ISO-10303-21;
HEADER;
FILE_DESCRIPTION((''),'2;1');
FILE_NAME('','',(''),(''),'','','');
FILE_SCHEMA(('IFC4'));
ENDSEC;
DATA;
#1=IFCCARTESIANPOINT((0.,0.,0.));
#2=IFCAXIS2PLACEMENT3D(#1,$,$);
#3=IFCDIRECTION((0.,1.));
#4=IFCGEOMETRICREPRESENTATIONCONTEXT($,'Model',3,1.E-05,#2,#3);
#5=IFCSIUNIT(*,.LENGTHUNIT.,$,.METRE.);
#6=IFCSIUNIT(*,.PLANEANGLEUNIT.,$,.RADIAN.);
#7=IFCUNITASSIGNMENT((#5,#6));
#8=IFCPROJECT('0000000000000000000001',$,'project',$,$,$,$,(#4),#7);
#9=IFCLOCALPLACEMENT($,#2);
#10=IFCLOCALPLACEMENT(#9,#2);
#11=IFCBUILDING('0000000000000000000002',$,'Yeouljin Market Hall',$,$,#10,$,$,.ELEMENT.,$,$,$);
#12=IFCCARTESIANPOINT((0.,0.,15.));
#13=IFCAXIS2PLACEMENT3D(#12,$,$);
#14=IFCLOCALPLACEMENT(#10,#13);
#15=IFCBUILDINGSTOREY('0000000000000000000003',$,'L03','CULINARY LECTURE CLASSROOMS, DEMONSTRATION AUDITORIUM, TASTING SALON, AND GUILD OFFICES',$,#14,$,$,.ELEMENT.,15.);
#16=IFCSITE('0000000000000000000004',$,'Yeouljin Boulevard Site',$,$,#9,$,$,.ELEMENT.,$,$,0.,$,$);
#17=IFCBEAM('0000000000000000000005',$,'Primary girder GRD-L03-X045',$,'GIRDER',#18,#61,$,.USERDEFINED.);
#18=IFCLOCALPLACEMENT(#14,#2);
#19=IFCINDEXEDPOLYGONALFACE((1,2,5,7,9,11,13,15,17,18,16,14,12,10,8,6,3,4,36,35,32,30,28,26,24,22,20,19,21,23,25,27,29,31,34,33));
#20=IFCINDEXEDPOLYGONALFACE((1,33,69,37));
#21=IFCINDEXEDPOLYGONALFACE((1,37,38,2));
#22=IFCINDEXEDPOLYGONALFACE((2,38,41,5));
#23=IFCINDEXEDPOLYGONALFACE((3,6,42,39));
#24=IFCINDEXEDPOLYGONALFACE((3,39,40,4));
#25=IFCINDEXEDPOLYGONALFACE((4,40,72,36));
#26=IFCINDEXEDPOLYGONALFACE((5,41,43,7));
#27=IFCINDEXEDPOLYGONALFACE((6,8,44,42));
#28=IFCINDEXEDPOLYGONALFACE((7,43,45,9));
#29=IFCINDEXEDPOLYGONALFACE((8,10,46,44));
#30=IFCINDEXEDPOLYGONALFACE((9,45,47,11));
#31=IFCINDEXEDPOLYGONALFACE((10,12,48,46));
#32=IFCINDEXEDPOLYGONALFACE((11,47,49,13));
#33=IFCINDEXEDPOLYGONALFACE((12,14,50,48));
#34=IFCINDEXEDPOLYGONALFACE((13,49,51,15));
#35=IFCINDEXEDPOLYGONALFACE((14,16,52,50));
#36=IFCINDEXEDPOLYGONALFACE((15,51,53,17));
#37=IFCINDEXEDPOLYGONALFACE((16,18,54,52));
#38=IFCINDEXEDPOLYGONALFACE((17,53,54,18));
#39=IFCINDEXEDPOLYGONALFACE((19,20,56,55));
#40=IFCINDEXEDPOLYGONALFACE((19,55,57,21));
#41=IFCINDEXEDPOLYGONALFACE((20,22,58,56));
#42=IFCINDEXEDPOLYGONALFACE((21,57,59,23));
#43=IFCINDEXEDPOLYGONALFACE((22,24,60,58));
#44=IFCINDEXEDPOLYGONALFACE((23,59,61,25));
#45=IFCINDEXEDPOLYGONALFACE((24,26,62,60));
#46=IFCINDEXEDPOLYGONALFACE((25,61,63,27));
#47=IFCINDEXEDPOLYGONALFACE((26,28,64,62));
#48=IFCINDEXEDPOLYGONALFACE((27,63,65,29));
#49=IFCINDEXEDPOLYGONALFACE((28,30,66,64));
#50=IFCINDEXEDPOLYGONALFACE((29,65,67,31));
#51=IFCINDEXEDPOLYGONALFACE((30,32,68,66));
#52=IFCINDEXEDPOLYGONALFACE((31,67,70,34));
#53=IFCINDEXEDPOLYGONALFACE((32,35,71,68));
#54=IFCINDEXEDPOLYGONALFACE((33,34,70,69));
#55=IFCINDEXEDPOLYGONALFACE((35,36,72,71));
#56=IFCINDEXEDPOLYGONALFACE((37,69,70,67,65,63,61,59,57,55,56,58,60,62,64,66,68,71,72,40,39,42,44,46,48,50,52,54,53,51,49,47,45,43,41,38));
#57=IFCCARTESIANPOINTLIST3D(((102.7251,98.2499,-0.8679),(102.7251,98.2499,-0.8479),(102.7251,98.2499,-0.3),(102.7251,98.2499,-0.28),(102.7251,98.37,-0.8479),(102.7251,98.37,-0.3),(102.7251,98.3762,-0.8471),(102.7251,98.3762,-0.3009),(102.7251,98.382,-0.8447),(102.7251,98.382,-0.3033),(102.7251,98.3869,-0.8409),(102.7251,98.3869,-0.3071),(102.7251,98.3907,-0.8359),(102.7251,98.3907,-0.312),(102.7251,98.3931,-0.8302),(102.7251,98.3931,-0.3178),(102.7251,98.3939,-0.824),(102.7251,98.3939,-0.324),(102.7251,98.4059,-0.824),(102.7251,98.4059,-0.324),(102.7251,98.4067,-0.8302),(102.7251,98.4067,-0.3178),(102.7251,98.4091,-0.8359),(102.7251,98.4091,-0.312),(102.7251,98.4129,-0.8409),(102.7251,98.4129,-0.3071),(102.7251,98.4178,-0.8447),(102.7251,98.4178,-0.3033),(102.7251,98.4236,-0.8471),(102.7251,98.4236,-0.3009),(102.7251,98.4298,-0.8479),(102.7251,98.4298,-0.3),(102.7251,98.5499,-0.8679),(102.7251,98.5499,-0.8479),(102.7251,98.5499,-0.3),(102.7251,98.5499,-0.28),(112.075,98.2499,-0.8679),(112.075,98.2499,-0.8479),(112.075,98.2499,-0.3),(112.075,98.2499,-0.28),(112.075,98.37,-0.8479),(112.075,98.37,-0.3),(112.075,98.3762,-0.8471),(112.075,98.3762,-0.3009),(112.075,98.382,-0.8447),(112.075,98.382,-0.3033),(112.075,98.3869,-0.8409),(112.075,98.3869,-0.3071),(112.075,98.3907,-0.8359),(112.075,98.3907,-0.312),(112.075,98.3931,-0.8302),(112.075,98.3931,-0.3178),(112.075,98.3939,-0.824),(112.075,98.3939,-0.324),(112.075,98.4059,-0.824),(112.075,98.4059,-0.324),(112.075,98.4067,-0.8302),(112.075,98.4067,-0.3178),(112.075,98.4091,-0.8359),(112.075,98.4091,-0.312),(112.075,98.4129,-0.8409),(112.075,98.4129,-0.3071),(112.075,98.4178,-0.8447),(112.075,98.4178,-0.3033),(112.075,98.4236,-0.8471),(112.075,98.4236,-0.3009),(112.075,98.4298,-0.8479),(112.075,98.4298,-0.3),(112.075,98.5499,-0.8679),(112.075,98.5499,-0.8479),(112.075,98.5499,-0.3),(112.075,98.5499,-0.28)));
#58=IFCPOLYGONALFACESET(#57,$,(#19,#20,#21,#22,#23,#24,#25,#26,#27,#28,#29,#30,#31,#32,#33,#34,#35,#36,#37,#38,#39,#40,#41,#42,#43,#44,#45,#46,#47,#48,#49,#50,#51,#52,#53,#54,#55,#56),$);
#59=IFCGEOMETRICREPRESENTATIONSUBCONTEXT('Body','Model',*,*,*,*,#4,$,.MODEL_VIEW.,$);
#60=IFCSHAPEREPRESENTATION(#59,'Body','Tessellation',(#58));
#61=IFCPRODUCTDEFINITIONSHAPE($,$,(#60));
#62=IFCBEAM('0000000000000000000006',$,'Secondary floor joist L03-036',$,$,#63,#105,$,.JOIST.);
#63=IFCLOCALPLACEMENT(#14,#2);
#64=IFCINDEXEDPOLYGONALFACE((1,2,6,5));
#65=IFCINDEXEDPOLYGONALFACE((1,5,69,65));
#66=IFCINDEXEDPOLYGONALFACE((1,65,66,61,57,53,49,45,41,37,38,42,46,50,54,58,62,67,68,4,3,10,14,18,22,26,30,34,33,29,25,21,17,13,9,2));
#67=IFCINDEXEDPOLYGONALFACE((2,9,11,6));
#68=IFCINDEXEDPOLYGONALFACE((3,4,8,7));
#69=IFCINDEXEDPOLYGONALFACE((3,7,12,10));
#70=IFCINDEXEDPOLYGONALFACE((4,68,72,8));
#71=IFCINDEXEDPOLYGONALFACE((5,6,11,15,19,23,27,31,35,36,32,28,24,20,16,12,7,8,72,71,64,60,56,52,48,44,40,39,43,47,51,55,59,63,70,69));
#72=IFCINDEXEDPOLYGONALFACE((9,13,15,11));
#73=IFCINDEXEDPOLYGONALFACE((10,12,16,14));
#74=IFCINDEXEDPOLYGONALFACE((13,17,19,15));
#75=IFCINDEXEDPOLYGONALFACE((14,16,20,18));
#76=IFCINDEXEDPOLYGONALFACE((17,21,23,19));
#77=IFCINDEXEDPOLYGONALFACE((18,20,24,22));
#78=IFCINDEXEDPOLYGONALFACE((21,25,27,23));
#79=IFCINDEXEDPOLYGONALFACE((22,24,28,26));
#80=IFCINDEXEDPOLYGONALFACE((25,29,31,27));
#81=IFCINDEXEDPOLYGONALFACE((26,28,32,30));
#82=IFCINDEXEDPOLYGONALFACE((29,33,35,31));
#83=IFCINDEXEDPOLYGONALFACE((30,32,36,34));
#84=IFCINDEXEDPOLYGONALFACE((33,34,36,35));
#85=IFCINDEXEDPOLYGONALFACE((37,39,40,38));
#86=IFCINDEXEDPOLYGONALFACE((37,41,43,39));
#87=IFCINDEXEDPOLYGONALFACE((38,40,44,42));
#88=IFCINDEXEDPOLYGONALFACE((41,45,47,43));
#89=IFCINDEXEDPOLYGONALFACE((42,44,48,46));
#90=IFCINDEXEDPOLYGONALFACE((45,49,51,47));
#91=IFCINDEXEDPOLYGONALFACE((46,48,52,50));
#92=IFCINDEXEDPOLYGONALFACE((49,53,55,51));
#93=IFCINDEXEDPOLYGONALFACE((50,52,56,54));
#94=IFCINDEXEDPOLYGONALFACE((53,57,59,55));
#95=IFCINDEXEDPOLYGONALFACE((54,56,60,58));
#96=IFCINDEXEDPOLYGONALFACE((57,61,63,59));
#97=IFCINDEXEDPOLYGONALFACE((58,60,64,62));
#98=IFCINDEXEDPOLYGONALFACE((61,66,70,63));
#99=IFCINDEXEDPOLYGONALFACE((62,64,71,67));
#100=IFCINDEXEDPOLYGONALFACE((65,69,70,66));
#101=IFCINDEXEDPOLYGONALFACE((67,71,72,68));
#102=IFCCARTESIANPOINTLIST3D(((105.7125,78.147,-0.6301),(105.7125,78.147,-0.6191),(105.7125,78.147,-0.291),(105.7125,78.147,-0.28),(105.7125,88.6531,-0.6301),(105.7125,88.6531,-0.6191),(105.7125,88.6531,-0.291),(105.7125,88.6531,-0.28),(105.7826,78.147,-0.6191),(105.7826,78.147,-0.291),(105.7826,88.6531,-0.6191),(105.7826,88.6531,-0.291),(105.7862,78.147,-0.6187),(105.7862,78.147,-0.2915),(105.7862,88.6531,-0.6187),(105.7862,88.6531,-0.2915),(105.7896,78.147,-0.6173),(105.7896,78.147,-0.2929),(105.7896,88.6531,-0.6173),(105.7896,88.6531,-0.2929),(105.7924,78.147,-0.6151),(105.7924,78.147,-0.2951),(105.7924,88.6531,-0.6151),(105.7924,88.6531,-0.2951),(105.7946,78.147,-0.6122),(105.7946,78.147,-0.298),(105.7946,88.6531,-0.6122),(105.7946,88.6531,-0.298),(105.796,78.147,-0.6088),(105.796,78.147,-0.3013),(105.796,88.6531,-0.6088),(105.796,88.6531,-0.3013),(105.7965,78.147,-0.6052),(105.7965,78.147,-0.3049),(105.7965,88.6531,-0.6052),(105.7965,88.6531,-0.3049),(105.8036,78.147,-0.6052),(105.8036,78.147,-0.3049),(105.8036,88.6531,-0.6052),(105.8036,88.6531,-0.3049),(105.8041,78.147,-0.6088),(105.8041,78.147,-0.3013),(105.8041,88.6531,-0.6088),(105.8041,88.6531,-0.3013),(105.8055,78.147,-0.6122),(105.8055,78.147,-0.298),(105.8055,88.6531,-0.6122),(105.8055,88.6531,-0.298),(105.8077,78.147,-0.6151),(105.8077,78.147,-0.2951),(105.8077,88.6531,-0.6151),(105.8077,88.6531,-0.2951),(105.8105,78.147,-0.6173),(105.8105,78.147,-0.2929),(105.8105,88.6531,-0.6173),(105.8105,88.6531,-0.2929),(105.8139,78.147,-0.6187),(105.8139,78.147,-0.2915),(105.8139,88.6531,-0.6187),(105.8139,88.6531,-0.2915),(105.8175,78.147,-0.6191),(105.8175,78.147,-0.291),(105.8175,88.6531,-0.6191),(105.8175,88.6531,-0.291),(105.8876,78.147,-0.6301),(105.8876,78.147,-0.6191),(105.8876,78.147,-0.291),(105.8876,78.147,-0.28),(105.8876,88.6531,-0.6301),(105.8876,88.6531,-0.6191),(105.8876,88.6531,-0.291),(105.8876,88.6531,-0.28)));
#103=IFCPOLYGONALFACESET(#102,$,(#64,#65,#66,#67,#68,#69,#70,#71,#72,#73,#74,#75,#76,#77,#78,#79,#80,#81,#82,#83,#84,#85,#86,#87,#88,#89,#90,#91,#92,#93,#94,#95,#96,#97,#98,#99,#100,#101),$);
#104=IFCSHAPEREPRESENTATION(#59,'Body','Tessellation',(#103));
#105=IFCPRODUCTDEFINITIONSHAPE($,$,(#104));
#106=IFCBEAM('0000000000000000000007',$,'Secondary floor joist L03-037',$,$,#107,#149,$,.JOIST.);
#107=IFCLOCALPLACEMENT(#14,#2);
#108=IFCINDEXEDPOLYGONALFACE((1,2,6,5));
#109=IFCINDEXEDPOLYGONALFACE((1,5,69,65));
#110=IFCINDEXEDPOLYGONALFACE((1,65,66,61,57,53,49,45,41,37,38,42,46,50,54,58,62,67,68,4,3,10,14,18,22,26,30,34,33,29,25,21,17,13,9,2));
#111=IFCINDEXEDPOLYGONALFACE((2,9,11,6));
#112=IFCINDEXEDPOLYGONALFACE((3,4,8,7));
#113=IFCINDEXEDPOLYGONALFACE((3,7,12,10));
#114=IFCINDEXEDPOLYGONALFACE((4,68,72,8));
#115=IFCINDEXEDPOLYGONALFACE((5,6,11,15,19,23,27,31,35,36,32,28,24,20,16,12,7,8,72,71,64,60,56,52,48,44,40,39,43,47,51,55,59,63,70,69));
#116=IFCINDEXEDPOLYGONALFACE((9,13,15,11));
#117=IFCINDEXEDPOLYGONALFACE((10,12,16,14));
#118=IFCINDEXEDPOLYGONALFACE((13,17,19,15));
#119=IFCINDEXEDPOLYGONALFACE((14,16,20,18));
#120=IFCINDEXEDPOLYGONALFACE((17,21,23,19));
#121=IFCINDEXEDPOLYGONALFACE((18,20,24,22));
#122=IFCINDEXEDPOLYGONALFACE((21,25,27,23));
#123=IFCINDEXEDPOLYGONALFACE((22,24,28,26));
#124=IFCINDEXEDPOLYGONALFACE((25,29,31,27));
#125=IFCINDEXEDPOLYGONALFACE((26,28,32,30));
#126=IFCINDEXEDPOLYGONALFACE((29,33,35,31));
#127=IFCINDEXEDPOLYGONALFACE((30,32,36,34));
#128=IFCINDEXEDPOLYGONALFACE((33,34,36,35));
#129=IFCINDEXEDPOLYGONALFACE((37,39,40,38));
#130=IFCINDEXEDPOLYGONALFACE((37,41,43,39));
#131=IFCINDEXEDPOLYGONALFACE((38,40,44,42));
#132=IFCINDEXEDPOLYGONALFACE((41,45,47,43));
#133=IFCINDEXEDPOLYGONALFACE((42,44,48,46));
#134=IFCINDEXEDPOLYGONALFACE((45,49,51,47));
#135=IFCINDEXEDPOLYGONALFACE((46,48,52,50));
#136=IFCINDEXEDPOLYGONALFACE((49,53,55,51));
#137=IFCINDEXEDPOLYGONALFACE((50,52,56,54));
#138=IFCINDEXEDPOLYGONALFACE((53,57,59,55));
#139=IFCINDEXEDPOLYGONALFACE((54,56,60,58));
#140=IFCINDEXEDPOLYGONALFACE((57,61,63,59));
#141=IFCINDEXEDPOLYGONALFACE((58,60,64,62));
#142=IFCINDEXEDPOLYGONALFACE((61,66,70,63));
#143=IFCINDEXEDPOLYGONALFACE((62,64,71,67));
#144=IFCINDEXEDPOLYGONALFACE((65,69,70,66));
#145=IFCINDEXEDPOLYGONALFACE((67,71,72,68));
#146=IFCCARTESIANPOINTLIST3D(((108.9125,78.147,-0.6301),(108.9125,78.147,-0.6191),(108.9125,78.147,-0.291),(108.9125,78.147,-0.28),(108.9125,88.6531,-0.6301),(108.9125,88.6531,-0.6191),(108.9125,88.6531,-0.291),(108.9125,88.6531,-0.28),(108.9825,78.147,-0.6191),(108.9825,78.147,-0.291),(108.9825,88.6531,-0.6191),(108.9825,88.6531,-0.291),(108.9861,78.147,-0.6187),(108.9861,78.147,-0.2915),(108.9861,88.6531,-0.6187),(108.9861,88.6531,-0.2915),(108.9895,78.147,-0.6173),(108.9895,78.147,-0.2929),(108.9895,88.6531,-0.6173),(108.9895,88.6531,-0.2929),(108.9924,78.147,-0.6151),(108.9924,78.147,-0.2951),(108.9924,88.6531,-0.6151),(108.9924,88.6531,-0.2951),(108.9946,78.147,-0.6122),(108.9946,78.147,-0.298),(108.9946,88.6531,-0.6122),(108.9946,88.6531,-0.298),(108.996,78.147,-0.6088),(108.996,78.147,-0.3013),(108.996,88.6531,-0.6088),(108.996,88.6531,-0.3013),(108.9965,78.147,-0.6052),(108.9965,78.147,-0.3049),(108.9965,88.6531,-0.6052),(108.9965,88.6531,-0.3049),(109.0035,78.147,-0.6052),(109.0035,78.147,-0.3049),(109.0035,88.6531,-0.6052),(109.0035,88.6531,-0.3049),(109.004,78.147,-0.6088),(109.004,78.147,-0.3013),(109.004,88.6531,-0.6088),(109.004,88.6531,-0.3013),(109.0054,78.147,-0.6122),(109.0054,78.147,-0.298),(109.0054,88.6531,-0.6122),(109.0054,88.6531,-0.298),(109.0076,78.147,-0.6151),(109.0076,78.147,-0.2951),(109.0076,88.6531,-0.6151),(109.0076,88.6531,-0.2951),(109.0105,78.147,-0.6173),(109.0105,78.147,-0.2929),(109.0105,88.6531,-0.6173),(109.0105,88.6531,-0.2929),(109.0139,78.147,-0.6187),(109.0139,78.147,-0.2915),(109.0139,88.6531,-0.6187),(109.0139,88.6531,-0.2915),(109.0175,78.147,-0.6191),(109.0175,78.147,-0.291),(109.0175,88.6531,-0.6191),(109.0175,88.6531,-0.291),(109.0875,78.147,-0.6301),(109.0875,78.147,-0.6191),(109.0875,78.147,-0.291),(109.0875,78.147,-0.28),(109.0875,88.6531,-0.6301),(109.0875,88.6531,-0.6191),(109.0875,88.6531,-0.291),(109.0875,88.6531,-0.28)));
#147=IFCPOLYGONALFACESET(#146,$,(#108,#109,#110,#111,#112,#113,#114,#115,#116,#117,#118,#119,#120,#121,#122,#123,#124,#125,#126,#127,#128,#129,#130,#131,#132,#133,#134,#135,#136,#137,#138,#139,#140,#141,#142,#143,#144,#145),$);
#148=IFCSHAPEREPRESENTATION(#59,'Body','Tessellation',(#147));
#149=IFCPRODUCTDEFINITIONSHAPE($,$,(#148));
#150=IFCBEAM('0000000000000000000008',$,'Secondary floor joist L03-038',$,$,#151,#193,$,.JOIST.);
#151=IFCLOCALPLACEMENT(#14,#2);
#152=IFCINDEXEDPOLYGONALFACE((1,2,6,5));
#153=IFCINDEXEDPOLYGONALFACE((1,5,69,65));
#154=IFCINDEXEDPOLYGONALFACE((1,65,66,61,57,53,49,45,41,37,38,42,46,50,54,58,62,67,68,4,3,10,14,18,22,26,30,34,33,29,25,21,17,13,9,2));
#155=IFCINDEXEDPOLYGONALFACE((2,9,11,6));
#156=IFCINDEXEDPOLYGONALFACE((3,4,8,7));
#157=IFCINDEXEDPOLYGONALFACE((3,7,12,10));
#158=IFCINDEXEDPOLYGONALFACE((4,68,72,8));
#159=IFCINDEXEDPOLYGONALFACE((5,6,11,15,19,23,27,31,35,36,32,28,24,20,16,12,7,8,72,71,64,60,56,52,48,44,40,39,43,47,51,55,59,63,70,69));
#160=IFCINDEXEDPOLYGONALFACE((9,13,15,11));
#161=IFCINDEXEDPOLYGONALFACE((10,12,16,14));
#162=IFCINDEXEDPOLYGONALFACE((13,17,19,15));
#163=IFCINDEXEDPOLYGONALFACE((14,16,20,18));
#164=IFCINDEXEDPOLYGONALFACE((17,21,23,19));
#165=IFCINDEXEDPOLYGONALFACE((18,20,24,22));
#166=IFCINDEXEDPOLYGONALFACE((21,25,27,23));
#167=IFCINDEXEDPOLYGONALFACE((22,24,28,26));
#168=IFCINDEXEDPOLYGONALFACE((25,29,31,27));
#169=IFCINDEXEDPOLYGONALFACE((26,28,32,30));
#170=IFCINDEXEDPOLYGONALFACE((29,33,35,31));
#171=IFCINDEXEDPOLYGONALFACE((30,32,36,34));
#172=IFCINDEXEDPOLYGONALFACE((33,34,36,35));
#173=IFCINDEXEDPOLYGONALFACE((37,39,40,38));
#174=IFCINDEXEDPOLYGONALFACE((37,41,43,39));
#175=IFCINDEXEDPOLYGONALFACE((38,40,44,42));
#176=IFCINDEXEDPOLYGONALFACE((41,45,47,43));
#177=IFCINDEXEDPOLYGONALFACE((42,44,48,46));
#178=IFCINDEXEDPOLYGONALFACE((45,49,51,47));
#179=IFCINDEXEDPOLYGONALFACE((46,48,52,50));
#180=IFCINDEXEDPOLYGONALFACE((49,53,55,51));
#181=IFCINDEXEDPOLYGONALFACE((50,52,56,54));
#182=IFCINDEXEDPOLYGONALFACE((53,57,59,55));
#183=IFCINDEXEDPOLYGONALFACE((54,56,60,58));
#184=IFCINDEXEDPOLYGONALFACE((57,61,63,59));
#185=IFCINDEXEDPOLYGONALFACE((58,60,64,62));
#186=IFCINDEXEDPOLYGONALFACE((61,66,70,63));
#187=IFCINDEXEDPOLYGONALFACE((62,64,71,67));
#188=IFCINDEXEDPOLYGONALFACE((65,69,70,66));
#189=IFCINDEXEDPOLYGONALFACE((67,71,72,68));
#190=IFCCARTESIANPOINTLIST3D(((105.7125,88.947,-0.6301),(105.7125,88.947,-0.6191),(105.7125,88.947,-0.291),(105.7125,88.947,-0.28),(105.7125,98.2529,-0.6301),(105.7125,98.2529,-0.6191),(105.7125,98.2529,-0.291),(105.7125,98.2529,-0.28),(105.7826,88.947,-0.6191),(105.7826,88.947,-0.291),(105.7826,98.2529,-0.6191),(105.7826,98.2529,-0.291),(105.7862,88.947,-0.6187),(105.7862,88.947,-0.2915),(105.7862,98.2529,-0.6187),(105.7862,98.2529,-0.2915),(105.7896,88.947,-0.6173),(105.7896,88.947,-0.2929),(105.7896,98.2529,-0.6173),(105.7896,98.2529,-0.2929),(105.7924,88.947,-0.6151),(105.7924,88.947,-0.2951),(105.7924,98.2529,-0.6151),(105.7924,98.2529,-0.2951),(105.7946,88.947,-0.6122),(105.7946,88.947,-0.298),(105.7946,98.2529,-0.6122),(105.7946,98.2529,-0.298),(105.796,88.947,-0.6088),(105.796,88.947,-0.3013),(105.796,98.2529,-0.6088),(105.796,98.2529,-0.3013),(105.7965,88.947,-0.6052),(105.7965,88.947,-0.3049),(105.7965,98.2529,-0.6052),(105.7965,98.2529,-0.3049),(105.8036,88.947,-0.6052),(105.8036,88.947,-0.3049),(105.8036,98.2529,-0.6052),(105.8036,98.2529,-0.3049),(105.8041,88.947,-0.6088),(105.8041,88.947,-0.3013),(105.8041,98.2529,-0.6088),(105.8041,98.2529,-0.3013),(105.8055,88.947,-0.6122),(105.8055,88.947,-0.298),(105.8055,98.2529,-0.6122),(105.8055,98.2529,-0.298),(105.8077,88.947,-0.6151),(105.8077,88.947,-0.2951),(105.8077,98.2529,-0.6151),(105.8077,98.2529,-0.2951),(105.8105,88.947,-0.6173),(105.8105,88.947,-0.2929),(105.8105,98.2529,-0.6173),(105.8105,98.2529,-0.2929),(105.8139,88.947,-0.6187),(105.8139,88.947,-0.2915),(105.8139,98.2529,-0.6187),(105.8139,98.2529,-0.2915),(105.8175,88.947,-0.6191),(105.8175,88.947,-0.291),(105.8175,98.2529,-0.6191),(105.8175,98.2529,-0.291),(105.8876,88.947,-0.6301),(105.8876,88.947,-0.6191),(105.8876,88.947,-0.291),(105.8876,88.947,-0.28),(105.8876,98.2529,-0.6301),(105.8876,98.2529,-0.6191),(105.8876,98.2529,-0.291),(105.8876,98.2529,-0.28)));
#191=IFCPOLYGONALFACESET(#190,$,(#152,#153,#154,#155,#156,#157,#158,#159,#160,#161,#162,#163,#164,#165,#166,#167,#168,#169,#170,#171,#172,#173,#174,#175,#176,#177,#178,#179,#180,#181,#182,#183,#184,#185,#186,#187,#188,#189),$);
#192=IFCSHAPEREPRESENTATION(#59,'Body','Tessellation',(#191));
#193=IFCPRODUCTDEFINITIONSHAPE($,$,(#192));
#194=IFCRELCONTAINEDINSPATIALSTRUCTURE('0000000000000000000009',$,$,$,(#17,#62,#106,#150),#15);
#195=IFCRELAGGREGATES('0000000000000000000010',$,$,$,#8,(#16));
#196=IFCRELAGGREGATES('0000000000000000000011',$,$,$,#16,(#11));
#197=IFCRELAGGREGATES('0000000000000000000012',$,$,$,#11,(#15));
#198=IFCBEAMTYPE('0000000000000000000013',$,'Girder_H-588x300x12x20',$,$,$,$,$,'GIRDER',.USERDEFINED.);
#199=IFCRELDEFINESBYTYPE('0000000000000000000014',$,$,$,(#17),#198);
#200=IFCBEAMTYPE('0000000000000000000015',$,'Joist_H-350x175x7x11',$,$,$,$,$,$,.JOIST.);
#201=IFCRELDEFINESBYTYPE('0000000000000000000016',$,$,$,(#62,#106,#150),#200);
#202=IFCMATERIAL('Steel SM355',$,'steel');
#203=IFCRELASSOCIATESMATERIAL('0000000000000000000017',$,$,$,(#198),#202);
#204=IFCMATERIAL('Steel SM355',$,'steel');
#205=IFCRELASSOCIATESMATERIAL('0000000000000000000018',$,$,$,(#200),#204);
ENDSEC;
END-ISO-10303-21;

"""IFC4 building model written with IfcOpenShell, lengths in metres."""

from ifc_helpers import new_model, si_unit, direction, frame, origin, origin_2d, place, context, subcontext, project, spatial, i_section, extrude, material, material_profile, profile_set, type_object, element, save


model = new_model("IFC4")

# Units and contexts
model_context = context("Model", 3, precision=1e-05, world=origin(), true_north=direction((0.0, 1.0)))
body_context = subcontext(model_context, "Body", "Model", "MODEL_VIEW")
ifc_project = project(units=[si_unit("LENGTHUNIT", "METRE"), si_unit("PLANEANGLEUNIT", "RADIAN")], contexts=[model_context])

# Site, building, storey
site_placement = place(None, origin())
site = spatial("IfcSite", under=ifc_project, at=site_placement, Name="Yeouljin Boulevard Site", CompositionType="ELEMENT", RefElevation=0.0)
building_placement = place(site_placement, origin())
building = spatial("IfcBuilding", under=site, at=building_placement, Name="Yeouljin Market Hall", CompositionType="ELEMENT")
storey_placement = place(building_placement, frame((0.0, 0.0, 15.0)))
storey = spatial("IfcBuildingStorey", under=building, at=storey_placement, Name="L03", Description="CULINARY LECTURE CLASSROOMS, DEMONSTRATION AUDITORIUM, TASTING SALON, AND GUILD OFFICES", CompositionType="ELEMENT", Elevation=15.0)

# Beams
ifc_material_1 = material(Name="Steel SM355", Category="steel")
ifc_material_profile_1 = material_profile(ifc_material_1, i_section(OverallWidth=0.3, OverallDepth=0.5879, WebThickness=0.012, FlangeThickness=0.02, FilletRadius=0.0239, at=origin_2d()), Name="H-588x300x12x20")
ifc_profile_set_1 = profile_set([ifc_material_profile_1], Name="Steel SM355")
beam_type_1 = type_object("IfcBeamType", Name="Girder_H-588x300x12x20", ElementType="GIRDER", PredefinedType="USERDEFINED", material=ifc_profile_set_1)
beam_1_placement = place(storey_placement, frame((102.7251, 98.3999, -0.574), z_axis=(1.0, 0.0, 0.0), x_axis=(0.0, 1.0, 0.0)))
element("IfcBeam", 1, at=beam_1_placement, inside=storey, type_object=beam_type_1, Name="Primary girder GRD-L03-X045", ObjectType="GIRDER", PredefinedType="USERDEFINED", context=body_context, shape_type="SweptSolid", body=[
    extrude(i_section(OverallWidth=0.3, OverallDepth=0.5879, WebThickness=0.012, FlangeThickness=0.02, FilletRadius=0.0239, at=origin_2d()), origin(), (0.0, 0.0, 1.0), 9.3499),
])
ifc_material_2 = material(Name="Steel SM355", Category="steel")
ifc_material_profile_2 = material_profile(ifc_material_2, i_section(OverallWidth=0.175, OverallDepth=0.3501, WebThickness=0.0071, FlangeThickness=0.011, FilletRadius=0.0139, at=origin_2d()), Name="H-350x175x7x11")
ifc_profile_set_2 = profile_set([ifc_material_profile_2], Name="Steel SM355")
beam_type_2 = type_object("IfcBeamType", Name="Joist_H-350x175x7x11", PredefinedType="JOIST", material=ifc_profile_set_2)
for number, where, z_axis, x_axis, name in (
    (2, (105.8, 78.147, -0.4551), (0.0, 1.0, 0.0), (-1.0, 0.0, 0.0), "Secondary floor joist L03-036"),
    (3, (109.0, 78.147, -0.4551), (0.0, 1.0, 0.0), (-1.0, 0.0, 0.0), "Secondary floor joist L03-037"),
):
    element("IfcBeam", number, at=place(storey_placement, frame(where, z_axis=z_axis, x_axis=x_axis)), inside=storey, type_object=beam_type_2, Name=name, PredefinedType="JOIST", context=body_context, shape_type="SweptSolid", body=[
        extrude(i_section(OverallWidth=0.175, OverallDepth=0.3501, WebThickness=0.0071, FlangeThickness=0.011, FilletRadius=0.0139, at=origin_2d()), origin(), (0.0, 0.0, 1.0), 10.5061),
    ])
for number, where, z_axis, x_axis, name in (
    (4, (105.8, 88.947, -0.4551), (0.0, 1.0, 0.0), (-1.0, 0.0, 0.0), "Secondary floor joist L03-038"),
):
    element("IfcBeam", number, at=place(storey_placement, frame(where, z_axis=z_axis, x_axis=x_axis)), inside=storey, type_object=beam_type_2, Name=name, PredefinedType="JOIST", context=body_context, shape_type="SweptSolid", body=[
        extrude(i_section(OverallWidth=0.175, OverallDepth=0.3501, WebThickness=0.0071, FlangeThickness=0.011, FilletRadius=0.0139, at=origin_2d()), origin(), (0.0, 0.0, 1.0), 9.3059),
    ])

save(model, "model.ifc")
